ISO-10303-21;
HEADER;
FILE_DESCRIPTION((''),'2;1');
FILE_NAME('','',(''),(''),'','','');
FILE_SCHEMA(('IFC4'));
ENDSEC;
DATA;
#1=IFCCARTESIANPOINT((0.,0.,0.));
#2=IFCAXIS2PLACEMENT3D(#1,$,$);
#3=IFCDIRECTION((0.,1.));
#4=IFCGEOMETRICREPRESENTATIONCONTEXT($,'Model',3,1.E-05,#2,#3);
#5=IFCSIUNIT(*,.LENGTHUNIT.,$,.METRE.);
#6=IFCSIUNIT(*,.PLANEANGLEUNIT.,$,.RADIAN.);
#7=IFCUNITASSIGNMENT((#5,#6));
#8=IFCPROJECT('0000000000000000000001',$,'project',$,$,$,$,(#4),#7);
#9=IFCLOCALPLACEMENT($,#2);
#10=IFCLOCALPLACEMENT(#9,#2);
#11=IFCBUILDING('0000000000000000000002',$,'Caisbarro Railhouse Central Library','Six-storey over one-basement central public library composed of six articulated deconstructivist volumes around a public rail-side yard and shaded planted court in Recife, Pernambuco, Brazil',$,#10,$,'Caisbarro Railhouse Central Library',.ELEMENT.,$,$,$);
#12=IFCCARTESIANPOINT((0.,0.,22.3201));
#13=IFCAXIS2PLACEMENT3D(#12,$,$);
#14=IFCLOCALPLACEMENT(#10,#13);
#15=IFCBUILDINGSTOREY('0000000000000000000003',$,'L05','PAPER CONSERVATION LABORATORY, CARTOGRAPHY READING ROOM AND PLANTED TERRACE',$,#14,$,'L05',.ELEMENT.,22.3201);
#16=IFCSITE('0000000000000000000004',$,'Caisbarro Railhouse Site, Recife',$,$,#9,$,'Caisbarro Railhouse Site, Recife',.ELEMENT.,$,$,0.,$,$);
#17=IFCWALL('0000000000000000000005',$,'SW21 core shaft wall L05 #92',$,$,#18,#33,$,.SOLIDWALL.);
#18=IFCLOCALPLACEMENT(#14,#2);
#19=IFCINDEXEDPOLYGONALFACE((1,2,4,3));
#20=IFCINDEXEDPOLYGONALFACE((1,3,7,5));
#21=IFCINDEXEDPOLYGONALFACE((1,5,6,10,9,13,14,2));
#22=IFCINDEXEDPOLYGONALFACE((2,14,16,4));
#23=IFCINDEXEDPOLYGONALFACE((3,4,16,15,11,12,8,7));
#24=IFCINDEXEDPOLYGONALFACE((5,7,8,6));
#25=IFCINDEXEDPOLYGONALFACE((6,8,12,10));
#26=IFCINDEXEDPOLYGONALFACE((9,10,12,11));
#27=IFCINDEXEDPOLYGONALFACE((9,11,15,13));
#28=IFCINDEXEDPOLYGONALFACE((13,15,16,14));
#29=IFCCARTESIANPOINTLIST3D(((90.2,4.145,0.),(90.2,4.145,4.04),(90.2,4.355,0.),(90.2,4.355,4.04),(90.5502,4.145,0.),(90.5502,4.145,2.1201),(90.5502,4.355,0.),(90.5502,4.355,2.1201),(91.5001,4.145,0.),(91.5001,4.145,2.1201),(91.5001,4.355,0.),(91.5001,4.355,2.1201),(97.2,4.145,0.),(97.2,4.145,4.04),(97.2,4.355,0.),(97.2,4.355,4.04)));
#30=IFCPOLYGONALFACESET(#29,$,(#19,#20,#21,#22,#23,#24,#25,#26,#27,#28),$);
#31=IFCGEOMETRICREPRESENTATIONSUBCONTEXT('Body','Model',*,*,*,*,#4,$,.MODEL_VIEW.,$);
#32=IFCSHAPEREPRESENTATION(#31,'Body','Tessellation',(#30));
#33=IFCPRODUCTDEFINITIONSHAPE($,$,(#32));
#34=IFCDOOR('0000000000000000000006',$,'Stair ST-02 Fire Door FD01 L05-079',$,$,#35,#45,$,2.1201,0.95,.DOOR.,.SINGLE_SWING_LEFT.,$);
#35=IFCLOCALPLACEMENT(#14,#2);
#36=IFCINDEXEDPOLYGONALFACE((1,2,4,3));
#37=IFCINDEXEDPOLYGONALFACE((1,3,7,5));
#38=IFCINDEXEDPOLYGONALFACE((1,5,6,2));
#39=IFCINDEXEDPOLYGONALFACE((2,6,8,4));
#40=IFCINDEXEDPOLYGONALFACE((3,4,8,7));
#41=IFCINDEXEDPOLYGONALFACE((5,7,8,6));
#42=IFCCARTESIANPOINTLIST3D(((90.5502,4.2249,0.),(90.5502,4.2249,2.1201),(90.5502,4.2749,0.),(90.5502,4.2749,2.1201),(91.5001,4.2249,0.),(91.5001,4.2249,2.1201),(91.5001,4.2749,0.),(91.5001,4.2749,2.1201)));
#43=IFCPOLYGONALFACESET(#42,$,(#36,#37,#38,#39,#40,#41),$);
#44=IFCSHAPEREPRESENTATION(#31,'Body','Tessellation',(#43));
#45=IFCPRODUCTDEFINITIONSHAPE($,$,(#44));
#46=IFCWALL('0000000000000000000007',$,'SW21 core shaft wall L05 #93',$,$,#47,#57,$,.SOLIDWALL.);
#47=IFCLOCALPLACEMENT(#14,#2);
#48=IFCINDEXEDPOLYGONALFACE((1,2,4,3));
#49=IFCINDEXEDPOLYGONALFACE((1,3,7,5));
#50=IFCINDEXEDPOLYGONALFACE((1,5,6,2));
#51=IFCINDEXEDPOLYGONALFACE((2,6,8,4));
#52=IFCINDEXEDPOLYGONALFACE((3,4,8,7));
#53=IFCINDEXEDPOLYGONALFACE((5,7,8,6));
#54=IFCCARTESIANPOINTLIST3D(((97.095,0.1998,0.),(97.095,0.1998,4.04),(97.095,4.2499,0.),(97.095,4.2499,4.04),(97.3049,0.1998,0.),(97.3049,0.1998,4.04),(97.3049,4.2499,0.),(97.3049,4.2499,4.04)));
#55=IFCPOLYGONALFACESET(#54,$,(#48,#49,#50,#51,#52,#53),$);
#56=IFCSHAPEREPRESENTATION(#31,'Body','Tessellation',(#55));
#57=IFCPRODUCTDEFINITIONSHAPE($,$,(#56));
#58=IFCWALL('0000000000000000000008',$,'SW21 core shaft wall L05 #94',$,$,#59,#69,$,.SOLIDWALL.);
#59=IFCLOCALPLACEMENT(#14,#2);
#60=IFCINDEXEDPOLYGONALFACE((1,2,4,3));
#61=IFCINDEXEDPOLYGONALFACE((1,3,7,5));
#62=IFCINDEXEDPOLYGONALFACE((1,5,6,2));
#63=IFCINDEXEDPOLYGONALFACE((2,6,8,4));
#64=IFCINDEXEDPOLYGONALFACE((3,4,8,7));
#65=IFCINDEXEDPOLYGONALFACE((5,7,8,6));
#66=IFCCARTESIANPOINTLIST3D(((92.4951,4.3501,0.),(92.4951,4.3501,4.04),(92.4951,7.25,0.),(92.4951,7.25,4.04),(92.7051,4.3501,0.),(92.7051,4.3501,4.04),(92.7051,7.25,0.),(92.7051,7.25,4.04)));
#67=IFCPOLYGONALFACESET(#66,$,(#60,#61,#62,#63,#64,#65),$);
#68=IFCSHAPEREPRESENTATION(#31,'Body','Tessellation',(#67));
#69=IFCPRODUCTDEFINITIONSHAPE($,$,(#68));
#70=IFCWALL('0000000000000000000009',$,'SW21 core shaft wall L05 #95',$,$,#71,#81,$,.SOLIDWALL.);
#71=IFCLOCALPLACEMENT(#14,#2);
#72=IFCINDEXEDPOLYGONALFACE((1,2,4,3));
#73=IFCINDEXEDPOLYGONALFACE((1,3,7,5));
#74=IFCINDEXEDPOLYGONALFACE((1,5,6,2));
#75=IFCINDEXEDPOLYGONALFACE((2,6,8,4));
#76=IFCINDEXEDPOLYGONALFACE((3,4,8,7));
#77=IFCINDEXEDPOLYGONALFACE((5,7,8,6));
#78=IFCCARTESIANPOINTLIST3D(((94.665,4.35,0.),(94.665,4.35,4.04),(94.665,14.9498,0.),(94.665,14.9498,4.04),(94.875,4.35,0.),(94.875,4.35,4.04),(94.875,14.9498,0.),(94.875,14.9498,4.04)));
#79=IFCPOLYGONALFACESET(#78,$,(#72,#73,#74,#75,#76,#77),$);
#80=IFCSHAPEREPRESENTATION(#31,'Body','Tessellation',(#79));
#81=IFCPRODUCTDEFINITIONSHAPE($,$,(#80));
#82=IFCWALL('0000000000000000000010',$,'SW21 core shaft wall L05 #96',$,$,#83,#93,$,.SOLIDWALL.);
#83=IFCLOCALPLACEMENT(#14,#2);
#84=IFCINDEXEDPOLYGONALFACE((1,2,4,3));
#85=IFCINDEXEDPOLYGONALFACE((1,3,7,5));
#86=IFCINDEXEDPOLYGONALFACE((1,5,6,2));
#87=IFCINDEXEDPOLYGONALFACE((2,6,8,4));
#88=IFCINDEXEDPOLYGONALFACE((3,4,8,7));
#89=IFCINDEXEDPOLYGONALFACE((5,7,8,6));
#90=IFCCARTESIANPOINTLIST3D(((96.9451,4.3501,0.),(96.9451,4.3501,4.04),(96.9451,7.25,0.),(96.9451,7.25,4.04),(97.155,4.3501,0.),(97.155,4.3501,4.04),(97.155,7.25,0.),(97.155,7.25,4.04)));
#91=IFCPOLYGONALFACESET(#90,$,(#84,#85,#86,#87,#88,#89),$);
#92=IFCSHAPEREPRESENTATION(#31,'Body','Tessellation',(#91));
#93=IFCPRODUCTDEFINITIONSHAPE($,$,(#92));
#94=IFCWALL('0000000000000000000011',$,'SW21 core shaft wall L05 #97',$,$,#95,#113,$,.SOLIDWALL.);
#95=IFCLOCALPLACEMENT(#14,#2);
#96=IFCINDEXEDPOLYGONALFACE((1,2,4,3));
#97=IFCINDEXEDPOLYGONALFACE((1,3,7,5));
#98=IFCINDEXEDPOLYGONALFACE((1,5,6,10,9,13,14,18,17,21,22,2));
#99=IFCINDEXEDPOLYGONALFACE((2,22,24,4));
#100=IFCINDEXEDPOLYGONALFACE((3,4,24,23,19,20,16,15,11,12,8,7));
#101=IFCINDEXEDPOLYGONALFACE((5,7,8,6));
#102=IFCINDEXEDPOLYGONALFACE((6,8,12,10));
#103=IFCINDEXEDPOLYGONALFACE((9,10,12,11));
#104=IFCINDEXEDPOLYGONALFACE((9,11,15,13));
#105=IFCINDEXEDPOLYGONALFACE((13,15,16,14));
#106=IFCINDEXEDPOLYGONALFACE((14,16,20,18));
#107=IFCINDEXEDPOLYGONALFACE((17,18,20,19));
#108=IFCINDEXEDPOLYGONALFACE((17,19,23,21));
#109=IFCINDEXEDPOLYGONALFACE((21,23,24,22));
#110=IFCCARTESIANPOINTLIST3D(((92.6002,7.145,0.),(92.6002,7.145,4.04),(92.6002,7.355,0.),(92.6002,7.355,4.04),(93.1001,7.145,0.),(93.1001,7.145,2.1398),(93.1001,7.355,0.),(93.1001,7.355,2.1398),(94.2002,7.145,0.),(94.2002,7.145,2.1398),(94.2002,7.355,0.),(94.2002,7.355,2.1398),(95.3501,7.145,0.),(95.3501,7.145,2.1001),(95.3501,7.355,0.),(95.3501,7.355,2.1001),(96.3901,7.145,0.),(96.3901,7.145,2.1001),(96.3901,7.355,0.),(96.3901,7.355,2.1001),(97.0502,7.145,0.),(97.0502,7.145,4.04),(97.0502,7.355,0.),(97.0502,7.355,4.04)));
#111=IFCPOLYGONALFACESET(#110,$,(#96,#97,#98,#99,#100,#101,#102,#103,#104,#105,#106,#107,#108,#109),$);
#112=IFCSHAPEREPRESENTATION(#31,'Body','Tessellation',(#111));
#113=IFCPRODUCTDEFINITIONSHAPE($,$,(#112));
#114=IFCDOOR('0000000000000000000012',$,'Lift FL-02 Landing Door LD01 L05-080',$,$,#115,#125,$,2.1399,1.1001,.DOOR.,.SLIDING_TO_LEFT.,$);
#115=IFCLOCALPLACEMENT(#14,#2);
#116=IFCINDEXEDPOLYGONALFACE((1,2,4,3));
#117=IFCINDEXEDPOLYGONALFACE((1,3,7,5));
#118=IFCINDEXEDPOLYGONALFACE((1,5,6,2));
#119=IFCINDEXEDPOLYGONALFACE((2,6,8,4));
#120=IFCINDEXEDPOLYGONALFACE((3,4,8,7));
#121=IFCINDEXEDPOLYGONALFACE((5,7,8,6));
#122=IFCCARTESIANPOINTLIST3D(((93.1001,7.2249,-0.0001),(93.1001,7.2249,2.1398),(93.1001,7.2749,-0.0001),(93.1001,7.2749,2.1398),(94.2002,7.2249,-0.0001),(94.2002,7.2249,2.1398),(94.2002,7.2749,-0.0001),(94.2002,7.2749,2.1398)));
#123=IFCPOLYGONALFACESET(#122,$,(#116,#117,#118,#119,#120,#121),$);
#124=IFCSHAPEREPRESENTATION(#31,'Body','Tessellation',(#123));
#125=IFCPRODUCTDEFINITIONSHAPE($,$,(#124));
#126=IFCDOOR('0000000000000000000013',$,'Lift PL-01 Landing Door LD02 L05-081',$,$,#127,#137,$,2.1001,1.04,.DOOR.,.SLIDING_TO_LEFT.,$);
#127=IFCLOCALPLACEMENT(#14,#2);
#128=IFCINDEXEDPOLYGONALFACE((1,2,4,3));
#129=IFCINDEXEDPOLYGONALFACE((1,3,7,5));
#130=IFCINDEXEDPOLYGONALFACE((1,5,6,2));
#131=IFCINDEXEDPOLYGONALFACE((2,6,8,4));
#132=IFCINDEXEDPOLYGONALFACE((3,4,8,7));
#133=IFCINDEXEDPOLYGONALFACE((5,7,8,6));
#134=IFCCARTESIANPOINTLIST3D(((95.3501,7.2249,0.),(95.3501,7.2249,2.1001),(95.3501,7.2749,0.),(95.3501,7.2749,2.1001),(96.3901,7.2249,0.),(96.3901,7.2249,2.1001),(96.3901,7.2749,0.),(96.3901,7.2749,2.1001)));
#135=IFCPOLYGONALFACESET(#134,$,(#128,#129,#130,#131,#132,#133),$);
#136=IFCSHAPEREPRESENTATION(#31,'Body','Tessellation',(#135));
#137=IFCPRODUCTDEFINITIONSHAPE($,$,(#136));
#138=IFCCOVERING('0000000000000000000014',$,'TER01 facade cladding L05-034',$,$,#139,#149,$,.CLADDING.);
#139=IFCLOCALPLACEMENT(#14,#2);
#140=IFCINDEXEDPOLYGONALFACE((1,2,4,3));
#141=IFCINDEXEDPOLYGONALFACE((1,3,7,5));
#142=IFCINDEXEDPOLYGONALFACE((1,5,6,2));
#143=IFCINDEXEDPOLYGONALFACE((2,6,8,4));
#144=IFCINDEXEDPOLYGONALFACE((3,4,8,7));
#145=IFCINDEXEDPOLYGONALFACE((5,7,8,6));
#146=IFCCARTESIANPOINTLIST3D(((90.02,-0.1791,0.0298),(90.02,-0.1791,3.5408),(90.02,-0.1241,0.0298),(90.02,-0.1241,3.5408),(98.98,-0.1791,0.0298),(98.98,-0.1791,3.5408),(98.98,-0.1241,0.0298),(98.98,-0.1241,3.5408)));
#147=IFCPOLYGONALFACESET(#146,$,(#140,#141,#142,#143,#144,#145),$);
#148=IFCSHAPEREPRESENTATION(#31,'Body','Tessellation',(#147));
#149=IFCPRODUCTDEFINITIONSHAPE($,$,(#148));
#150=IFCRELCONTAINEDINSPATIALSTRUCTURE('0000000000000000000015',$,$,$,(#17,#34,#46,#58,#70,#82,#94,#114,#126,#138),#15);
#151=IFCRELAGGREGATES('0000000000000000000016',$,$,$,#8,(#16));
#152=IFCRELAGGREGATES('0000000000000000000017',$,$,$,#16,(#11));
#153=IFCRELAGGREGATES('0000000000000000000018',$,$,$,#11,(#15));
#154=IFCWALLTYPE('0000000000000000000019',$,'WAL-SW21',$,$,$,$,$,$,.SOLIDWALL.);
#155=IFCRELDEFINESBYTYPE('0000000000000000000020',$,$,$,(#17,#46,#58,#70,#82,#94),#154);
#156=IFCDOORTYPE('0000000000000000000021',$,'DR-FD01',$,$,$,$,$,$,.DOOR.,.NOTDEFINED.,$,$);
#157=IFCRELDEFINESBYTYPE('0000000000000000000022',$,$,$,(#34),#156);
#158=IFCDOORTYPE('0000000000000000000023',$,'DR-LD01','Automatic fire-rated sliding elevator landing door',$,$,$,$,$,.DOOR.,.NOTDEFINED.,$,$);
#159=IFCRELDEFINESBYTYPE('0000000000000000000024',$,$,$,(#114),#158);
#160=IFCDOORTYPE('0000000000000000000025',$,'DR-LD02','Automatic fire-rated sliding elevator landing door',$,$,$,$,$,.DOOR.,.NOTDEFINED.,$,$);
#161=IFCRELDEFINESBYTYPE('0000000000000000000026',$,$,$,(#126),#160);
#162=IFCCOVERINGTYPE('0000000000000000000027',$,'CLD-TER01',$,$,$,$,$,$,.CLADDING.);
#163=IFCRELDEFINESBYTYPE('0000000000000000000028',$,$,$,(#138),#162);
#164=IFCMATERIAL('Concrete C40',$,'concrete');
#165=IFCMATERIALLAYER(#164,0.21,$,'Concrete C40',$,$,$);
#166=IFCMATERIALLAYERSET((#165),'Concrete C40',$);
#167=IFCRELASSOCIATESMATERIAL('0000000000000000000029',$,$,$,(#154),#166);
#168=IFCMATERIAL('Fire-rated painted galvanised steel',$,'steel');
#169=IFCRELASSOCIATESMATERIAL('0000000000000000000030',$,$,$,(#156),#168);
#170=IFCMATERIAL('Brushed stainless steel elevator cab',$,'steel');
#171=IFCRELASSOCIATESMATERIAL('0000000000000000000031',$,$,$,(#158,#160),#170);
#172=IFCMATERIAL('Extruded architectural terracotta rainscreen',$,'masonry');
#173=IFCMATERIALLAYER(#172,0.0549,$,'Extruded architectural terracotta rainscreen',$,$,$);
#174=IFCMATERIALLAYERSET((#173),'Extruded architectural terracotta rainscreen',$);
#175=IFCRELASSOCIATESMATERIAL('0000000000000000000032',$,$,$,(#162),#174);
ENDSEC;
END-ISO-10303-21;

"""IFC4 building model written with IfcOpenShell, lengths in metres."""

from ifc_helpers import new_model, si_unit, direction, frame, frame_2d, origin, origin_2d, place, context, subcontext, project, spatial, rectangle, extrude, material, layer, layer_set, type_object, element, fill, save


model = new_model("IFC4")

# Units and contexts
model_context = context("Model", 3, precision=1e-05, world=origin(), true_north=direction((0.0, 1.0)))
body_context = subcontext(model_context, "Body", "Model", "MODEL_VIEW")
ifc_project = project(units=[si_unit("LENGTHUNIT", "METRE"), si_unit("PLANEANGLEUNIT", "RADIAN")], contexts=[model_context])

# Site, building, storey
site_placement = place(None, origin())
site = spatial("IfcSite", under=ifc_project, at=site_placement, Name="Caisbarro Railhouse Site, Recife", LongName="Caisbarro Railhouse Site, Recife", CompositionType="ELEMENT", RefElevation=0.0)
building_placement = place(site_placement, origin())
building = spatial("IfcBuilding", under=site, at=building_placement, Name="Caisbarro Railhouse Central Library", Description="Six-storey over one-basement central public library composed of six articulated deconstructivist volumes around a public rail-side yard and shaded planted court in Recife, Pernambuco, Brazil", LongName="Caisbarro Railhouse Central Library", CompositionType="ELEMENT")
storey_placement = place(building_placement, frame((0.0, 0.0, 22.3201)))
storey = spatial("IfcBuildingStorey", under=building, at=storey_placement, Name="L05", Description="PAPER CONSERVATION LABORATORY, CARTOGRAPHY READING ROOM AND PLANTED TERRACE", LongName="L05", CompositionType="ELEMENT", Elevation=22.3201)

# Shared definitions
ifc_material_1 = material(Name="Concrete C40", Category="concrete")

# Wall, opening, door
ifc_layer_1 = layer(ifc_material_1, 0.21, Name="Concrete C40")
ifc_layer_set_1 = layer_set([ifc_layer_1], Name="Concrete C40")
wall_type_1 = type_object("IfcWallType", Name="WAL-SW21", PredefinedType="SOLIDWALL", material=ifc_layer_set_1)
wall_1_placement = place(storey_placement, frame((90.2, 4.25, 0.0), z_axis=(0.0, 0.0, 1.0), x_axis=(1.0, 0.0, 0.0)))
wall_1 = element("IfcWall", 1, at=wall_1_placement, inside=storey, type_object=wall_type_1, Name="SW21 core shaft wall L05 #92", PredefinedType="SOLIDWALL", context=body_context, shape_type="SweptSolid", body=[
    extrude(rectangle(XDim=7.0, YDim=0.21, at=frame_2d((3.5, 0.0))), origin(), (0.0, 0.0, 1.0), 4.04),
])
opening_1_placement = place(wall_1_placement, frame((0.3501, 0.0, 0.0)))
opening_1 = element("IfcOpeningElement", 2, at=opening_1_placement, cuts=wall_1, PredefinedType="OPENING", context=body_context, shape_type="SweptSolid", body=[
    extrude(rectangle(XDim=0.95, YDim=2.1201, at=frame_2d((0.4751, 1.0601))), frame((0.0, 0.115, 0.0), z_axis=(0.0, -1.0, 0.0), x_axis=(1.0, 0.0, 0.0)), (0.0, 0.0, 1.0), 0.23),
])
ifc_material_2 = material(Name="Fire-rated painted galvanised steel", Category="steel")
door_type_1 = type_object("IfcDoorType", Name="DR-FD01", OperationType="NOTDEFINED", PredefinedType="DOOR", material=ifc_material_2)
door_1_placement = place(opening_1_placement, origin())
door_1 = element("IfcDoor", 3, at=door_1_placement, inside=storey, type_object=door_type_1, Name="Stair ST-02 Fire Door FD01 L05-079", OperationType="SINGLE_SWING_LEFT", OverallHeight=2.1201, OverallWidth=0.95, PredefinedType="DOOR", context=body_context, shape_type="SweptSolid", body=[
    extrude(rectangle(XDim=0.95, YDim=2.1201, at=frame_2d((0.4751, 1.0601))), frame((0.0, 0.0249, 0.0), z_axis=(0.0, -1.0, 0.0), x_axis=(1.0, 0.0, 0.0)), (0.0, 0.0, 1.0), 0.05),
])
fill(opening_1, door_1)

# Walls
wall_2_placement = place(storey_placement, frame((97.2, 0.2, 0.0), z_axis=(0.0, 0.0, 1.0), x_axis=(0.0, 1.0, 0.0)))
element("IfcWall", 4, at=wall_2_placement, inside=storey, type_object=wall_type_1, Name="SW21 core shaft wall L05 #93", PredefinedType="SOLIDWALL", context=body_context, shape_type="SweptSolid", body=[
    extrude(rectangle(XDim=4.05, YDim=0.21, at=frame_2d((2.0249, 0.0))), origin(), (0.0, 0.0, 1.0), 4.04),
])
wall_3_placement = place(storey_placement, frame((92.6001, 4.3501, 0.0), z_axis=(0.0, 0.0, 1.0), x_axis=(0.0, 1.0, 0.0)))
element("IfcWall", 5, at=wall_3_placement, inside=storey, type_object=wall_type_1, Name="SW21 core shaft wall L05 #94", PredefinedType="SOLIDWALL", context=body_context, shape_type="SweptSolid", body=[
    extrude(rectangle(XDim=2.8999, YDim=0.21, at=frame_2d((1.45, 0.0))), origin(), (0.0, 0.0, 1.0), 4.04),
])
wall_4_placement = place(storey_placement, frame((94.77, 4.3501, 0.0), z_axis=(0.0, 0.0, 1.0), x_axis=(0.0, 1.0, 0.0)))
element("IfcWall", 6, at=wall_4_placement, inside=storey, type_object=wall_type_1, Name="SW21 core shaft wall L05 #95", PredefinedType="SOLIDWALL", context=body_context, shape_type="SweptSolid", body=[
    extrude(rectangle(XDim=10.5999, YDim=0.21, at=frame_2d((5.2998, 0.0))), origin(), (0.0, 0.0, 1.0), 4.04),
])
wall_5_placement = place(storey_placement, frame((97.05, 4.3501, 0.0), z_axis=(0.0, 0.0, 1.0), x_axis=(0.0, 1.0, 0.0)))
element("IfcWall", 7, at=wall_5_placement, inside=storey, type_object=wall_type_1, Name="SW21 core shaft wall L05 #96", PredefinedType="SOLIDWALL", context=body_context, shape_type="SweptSolid", body=[
    extrude(rectangle(XDim=2.8999, YDim=0.21, at=frame_2d((1.45, 0.0))), origin(), (0.0, 0.0, 1.0), 4.04),
])

# Wall, openings, doors
wall_6_placement = place(storey_placement, frame((92.6001, 7.25, 0.0), z_axis=(0.0, 0.0, 1.0), x_axis=(1.0, 0.0, 0.0)))
wall_6 = element("IfcWall", 8, at=wall_6_placement, inside=storey, type_object=wall_type_1, Name="SW21 core shaft wall L05 #97", PredefinedType="SOLIDWALL", context=body_context, shape_type="SweptSolid", body=[
    extrude(rectangle(XDim=4.45, YDim=0.21, at=frame_2d((2.2251, 0.0))), origin(), (0.0, 0.0, 1.0), 4.04),
])
opening_2_placement = place(wall_6_placement, frame((0.5, 0.0, 0.0)))
opening_2 = element("IfcOpeningElement", 9, at=opening_2_placement, cuts=wall_6, PredefinedType="OPENING", context=body_context, shape_type="SweptSolid", body=[
    extrude(rectangle(XDim=1.1001, YDim=2.1399, at=frame_2d((0.55, 1.0698))), frame((0.0, 0.115, 0.0), z_axis=(0.0, -1.0, 0.0), x_axis=(1.0, 0.0, 0.0)), (0.0, 0.0, 1.0), 0.23),
])
opening_3_placement = place(wall_6_placement, frame((2.75, 0.0, 0.0)))
opening_3 = element("IfcOpeningElement", 10, at=opening_3_placement, cuts=wall_6, PredefinedType="OPENING", context=body_context, shape_type="SweptSolid", body=[
    extrude(rectangle(XDim=1.04, YDim=2.1001, at=frame_2d((0.52, 1.05))), frame((0.0, 0.115, 0.0), z_axis=(0.0, -1.0, 0.0), x_axis=(1.0, 0.0, 0.0)), (0.0, 0.0, 1.0), 0.23),
])
ifc_material_3 = material(Name="Brushed stainless steel elevator cab", Category="steel")
door_type_2 = type_object("IfcDoorType", Name="DR-LD01", Description="Automatic fire-rated sliding elevator landing door", OperationType="NOTDEFINED", PredefinedType="DOOR", material=ifc_material_3)
door_2_placement = place(opening_2_placement, origin())
door_2 = element("IfcDoor", 11, at=door_2_placement, inside=storey, type_object=door_type_2, Name="Lift FL-02 Landing Door LD01 L05-080", OperationType="SLIDING_TO_LEFT", OverallHeight=2.1399, OverallWidth=1.1001, PredefinedType="DOOR", context=body_context, shape_type="SweptSolid", body=[
    extrude(rectangle(XDim=1.1001, YDim=2.1399, at=frame_2d((0.55, 1.0698))), frame((0.0, 0.0249, 0.0), z_axis=(0.0, -1.0, 0.0), x_axis=(1.0, 0.0, 0.0)), (0.0, 0.0, 1.0), 0.05),
])
fill(opening_2, door_2)
door_type_3 = type_object("IfcDoorType", Name="DR-LD02", Description="Automatic fire-rated sliding elevator landing door", OperationType="NOTDEFINED", PredefinedType="DOOR", material=ifc_material_3)
door_3_placement = place(opening_3_placement, origin())
door_3 = element("IfcDoor", 12, at=door_3_placement, inside=storey, type_object=door_type_3, Name="Lift PL-01 Landing Door LD02 L05-081", OperationType="SLIDING_TO_LEFT", OverallHeight=2.1001, OverallWidth=1.04, PredefinedType="DOOR", context=body_context, shape_type="SweptSolid", body=[
    extrude(rectangle(XDim=1.04, YDim=2.1001, at=frame_2d((0.52, 1.05))), frame((0.0, 0.0249, 0.0), z_axis=(0.0, -1.0, 0.0), x_axis=(1.0, 0.0, 0.0)), (0.0, 0.0, 1.0), 0.05),
])
fill(opening_3, door_3)

# Covering
ifc_material_4 = material(Name="Extruded architectural terracotta rainscreen", Category="masonry")
ifc_layer_2 = layer(ifc_material_4, 0.0549, Name="Extruded architectural terracotta rainscreen")
ifc_layer_set_2 = layer_set([ifc_layer_2], Name="Extruded architectural terracotta rainscreen")
covering_type = type_object("IfcCoveringType", Name="CLD-TER01", PredefinedType="CLADDING", material=ifc_layer_set_2)
covering_placement = place(storey_placement, frame((94.5, -0.1516, 0.0298), z_axis=(0.0, 0.0, 1.0), x_axis=(1.0, 0.0, 0.0)))
element("IfcCovering", 13, at=covering_placement, inside=storey, type_object=covering_type, Name="TER01 facade cladding L05-034", PredefinedType="CLADDING", context=body_context, shape_type="SweptSolid", body=[
    extrude(rectangle(XDim=8.96, YDim=0.0549, at=origin_2d()), origin(), (0.0, 0.0, 1.0), 3.511),
])

save(model, "model.ifc")
